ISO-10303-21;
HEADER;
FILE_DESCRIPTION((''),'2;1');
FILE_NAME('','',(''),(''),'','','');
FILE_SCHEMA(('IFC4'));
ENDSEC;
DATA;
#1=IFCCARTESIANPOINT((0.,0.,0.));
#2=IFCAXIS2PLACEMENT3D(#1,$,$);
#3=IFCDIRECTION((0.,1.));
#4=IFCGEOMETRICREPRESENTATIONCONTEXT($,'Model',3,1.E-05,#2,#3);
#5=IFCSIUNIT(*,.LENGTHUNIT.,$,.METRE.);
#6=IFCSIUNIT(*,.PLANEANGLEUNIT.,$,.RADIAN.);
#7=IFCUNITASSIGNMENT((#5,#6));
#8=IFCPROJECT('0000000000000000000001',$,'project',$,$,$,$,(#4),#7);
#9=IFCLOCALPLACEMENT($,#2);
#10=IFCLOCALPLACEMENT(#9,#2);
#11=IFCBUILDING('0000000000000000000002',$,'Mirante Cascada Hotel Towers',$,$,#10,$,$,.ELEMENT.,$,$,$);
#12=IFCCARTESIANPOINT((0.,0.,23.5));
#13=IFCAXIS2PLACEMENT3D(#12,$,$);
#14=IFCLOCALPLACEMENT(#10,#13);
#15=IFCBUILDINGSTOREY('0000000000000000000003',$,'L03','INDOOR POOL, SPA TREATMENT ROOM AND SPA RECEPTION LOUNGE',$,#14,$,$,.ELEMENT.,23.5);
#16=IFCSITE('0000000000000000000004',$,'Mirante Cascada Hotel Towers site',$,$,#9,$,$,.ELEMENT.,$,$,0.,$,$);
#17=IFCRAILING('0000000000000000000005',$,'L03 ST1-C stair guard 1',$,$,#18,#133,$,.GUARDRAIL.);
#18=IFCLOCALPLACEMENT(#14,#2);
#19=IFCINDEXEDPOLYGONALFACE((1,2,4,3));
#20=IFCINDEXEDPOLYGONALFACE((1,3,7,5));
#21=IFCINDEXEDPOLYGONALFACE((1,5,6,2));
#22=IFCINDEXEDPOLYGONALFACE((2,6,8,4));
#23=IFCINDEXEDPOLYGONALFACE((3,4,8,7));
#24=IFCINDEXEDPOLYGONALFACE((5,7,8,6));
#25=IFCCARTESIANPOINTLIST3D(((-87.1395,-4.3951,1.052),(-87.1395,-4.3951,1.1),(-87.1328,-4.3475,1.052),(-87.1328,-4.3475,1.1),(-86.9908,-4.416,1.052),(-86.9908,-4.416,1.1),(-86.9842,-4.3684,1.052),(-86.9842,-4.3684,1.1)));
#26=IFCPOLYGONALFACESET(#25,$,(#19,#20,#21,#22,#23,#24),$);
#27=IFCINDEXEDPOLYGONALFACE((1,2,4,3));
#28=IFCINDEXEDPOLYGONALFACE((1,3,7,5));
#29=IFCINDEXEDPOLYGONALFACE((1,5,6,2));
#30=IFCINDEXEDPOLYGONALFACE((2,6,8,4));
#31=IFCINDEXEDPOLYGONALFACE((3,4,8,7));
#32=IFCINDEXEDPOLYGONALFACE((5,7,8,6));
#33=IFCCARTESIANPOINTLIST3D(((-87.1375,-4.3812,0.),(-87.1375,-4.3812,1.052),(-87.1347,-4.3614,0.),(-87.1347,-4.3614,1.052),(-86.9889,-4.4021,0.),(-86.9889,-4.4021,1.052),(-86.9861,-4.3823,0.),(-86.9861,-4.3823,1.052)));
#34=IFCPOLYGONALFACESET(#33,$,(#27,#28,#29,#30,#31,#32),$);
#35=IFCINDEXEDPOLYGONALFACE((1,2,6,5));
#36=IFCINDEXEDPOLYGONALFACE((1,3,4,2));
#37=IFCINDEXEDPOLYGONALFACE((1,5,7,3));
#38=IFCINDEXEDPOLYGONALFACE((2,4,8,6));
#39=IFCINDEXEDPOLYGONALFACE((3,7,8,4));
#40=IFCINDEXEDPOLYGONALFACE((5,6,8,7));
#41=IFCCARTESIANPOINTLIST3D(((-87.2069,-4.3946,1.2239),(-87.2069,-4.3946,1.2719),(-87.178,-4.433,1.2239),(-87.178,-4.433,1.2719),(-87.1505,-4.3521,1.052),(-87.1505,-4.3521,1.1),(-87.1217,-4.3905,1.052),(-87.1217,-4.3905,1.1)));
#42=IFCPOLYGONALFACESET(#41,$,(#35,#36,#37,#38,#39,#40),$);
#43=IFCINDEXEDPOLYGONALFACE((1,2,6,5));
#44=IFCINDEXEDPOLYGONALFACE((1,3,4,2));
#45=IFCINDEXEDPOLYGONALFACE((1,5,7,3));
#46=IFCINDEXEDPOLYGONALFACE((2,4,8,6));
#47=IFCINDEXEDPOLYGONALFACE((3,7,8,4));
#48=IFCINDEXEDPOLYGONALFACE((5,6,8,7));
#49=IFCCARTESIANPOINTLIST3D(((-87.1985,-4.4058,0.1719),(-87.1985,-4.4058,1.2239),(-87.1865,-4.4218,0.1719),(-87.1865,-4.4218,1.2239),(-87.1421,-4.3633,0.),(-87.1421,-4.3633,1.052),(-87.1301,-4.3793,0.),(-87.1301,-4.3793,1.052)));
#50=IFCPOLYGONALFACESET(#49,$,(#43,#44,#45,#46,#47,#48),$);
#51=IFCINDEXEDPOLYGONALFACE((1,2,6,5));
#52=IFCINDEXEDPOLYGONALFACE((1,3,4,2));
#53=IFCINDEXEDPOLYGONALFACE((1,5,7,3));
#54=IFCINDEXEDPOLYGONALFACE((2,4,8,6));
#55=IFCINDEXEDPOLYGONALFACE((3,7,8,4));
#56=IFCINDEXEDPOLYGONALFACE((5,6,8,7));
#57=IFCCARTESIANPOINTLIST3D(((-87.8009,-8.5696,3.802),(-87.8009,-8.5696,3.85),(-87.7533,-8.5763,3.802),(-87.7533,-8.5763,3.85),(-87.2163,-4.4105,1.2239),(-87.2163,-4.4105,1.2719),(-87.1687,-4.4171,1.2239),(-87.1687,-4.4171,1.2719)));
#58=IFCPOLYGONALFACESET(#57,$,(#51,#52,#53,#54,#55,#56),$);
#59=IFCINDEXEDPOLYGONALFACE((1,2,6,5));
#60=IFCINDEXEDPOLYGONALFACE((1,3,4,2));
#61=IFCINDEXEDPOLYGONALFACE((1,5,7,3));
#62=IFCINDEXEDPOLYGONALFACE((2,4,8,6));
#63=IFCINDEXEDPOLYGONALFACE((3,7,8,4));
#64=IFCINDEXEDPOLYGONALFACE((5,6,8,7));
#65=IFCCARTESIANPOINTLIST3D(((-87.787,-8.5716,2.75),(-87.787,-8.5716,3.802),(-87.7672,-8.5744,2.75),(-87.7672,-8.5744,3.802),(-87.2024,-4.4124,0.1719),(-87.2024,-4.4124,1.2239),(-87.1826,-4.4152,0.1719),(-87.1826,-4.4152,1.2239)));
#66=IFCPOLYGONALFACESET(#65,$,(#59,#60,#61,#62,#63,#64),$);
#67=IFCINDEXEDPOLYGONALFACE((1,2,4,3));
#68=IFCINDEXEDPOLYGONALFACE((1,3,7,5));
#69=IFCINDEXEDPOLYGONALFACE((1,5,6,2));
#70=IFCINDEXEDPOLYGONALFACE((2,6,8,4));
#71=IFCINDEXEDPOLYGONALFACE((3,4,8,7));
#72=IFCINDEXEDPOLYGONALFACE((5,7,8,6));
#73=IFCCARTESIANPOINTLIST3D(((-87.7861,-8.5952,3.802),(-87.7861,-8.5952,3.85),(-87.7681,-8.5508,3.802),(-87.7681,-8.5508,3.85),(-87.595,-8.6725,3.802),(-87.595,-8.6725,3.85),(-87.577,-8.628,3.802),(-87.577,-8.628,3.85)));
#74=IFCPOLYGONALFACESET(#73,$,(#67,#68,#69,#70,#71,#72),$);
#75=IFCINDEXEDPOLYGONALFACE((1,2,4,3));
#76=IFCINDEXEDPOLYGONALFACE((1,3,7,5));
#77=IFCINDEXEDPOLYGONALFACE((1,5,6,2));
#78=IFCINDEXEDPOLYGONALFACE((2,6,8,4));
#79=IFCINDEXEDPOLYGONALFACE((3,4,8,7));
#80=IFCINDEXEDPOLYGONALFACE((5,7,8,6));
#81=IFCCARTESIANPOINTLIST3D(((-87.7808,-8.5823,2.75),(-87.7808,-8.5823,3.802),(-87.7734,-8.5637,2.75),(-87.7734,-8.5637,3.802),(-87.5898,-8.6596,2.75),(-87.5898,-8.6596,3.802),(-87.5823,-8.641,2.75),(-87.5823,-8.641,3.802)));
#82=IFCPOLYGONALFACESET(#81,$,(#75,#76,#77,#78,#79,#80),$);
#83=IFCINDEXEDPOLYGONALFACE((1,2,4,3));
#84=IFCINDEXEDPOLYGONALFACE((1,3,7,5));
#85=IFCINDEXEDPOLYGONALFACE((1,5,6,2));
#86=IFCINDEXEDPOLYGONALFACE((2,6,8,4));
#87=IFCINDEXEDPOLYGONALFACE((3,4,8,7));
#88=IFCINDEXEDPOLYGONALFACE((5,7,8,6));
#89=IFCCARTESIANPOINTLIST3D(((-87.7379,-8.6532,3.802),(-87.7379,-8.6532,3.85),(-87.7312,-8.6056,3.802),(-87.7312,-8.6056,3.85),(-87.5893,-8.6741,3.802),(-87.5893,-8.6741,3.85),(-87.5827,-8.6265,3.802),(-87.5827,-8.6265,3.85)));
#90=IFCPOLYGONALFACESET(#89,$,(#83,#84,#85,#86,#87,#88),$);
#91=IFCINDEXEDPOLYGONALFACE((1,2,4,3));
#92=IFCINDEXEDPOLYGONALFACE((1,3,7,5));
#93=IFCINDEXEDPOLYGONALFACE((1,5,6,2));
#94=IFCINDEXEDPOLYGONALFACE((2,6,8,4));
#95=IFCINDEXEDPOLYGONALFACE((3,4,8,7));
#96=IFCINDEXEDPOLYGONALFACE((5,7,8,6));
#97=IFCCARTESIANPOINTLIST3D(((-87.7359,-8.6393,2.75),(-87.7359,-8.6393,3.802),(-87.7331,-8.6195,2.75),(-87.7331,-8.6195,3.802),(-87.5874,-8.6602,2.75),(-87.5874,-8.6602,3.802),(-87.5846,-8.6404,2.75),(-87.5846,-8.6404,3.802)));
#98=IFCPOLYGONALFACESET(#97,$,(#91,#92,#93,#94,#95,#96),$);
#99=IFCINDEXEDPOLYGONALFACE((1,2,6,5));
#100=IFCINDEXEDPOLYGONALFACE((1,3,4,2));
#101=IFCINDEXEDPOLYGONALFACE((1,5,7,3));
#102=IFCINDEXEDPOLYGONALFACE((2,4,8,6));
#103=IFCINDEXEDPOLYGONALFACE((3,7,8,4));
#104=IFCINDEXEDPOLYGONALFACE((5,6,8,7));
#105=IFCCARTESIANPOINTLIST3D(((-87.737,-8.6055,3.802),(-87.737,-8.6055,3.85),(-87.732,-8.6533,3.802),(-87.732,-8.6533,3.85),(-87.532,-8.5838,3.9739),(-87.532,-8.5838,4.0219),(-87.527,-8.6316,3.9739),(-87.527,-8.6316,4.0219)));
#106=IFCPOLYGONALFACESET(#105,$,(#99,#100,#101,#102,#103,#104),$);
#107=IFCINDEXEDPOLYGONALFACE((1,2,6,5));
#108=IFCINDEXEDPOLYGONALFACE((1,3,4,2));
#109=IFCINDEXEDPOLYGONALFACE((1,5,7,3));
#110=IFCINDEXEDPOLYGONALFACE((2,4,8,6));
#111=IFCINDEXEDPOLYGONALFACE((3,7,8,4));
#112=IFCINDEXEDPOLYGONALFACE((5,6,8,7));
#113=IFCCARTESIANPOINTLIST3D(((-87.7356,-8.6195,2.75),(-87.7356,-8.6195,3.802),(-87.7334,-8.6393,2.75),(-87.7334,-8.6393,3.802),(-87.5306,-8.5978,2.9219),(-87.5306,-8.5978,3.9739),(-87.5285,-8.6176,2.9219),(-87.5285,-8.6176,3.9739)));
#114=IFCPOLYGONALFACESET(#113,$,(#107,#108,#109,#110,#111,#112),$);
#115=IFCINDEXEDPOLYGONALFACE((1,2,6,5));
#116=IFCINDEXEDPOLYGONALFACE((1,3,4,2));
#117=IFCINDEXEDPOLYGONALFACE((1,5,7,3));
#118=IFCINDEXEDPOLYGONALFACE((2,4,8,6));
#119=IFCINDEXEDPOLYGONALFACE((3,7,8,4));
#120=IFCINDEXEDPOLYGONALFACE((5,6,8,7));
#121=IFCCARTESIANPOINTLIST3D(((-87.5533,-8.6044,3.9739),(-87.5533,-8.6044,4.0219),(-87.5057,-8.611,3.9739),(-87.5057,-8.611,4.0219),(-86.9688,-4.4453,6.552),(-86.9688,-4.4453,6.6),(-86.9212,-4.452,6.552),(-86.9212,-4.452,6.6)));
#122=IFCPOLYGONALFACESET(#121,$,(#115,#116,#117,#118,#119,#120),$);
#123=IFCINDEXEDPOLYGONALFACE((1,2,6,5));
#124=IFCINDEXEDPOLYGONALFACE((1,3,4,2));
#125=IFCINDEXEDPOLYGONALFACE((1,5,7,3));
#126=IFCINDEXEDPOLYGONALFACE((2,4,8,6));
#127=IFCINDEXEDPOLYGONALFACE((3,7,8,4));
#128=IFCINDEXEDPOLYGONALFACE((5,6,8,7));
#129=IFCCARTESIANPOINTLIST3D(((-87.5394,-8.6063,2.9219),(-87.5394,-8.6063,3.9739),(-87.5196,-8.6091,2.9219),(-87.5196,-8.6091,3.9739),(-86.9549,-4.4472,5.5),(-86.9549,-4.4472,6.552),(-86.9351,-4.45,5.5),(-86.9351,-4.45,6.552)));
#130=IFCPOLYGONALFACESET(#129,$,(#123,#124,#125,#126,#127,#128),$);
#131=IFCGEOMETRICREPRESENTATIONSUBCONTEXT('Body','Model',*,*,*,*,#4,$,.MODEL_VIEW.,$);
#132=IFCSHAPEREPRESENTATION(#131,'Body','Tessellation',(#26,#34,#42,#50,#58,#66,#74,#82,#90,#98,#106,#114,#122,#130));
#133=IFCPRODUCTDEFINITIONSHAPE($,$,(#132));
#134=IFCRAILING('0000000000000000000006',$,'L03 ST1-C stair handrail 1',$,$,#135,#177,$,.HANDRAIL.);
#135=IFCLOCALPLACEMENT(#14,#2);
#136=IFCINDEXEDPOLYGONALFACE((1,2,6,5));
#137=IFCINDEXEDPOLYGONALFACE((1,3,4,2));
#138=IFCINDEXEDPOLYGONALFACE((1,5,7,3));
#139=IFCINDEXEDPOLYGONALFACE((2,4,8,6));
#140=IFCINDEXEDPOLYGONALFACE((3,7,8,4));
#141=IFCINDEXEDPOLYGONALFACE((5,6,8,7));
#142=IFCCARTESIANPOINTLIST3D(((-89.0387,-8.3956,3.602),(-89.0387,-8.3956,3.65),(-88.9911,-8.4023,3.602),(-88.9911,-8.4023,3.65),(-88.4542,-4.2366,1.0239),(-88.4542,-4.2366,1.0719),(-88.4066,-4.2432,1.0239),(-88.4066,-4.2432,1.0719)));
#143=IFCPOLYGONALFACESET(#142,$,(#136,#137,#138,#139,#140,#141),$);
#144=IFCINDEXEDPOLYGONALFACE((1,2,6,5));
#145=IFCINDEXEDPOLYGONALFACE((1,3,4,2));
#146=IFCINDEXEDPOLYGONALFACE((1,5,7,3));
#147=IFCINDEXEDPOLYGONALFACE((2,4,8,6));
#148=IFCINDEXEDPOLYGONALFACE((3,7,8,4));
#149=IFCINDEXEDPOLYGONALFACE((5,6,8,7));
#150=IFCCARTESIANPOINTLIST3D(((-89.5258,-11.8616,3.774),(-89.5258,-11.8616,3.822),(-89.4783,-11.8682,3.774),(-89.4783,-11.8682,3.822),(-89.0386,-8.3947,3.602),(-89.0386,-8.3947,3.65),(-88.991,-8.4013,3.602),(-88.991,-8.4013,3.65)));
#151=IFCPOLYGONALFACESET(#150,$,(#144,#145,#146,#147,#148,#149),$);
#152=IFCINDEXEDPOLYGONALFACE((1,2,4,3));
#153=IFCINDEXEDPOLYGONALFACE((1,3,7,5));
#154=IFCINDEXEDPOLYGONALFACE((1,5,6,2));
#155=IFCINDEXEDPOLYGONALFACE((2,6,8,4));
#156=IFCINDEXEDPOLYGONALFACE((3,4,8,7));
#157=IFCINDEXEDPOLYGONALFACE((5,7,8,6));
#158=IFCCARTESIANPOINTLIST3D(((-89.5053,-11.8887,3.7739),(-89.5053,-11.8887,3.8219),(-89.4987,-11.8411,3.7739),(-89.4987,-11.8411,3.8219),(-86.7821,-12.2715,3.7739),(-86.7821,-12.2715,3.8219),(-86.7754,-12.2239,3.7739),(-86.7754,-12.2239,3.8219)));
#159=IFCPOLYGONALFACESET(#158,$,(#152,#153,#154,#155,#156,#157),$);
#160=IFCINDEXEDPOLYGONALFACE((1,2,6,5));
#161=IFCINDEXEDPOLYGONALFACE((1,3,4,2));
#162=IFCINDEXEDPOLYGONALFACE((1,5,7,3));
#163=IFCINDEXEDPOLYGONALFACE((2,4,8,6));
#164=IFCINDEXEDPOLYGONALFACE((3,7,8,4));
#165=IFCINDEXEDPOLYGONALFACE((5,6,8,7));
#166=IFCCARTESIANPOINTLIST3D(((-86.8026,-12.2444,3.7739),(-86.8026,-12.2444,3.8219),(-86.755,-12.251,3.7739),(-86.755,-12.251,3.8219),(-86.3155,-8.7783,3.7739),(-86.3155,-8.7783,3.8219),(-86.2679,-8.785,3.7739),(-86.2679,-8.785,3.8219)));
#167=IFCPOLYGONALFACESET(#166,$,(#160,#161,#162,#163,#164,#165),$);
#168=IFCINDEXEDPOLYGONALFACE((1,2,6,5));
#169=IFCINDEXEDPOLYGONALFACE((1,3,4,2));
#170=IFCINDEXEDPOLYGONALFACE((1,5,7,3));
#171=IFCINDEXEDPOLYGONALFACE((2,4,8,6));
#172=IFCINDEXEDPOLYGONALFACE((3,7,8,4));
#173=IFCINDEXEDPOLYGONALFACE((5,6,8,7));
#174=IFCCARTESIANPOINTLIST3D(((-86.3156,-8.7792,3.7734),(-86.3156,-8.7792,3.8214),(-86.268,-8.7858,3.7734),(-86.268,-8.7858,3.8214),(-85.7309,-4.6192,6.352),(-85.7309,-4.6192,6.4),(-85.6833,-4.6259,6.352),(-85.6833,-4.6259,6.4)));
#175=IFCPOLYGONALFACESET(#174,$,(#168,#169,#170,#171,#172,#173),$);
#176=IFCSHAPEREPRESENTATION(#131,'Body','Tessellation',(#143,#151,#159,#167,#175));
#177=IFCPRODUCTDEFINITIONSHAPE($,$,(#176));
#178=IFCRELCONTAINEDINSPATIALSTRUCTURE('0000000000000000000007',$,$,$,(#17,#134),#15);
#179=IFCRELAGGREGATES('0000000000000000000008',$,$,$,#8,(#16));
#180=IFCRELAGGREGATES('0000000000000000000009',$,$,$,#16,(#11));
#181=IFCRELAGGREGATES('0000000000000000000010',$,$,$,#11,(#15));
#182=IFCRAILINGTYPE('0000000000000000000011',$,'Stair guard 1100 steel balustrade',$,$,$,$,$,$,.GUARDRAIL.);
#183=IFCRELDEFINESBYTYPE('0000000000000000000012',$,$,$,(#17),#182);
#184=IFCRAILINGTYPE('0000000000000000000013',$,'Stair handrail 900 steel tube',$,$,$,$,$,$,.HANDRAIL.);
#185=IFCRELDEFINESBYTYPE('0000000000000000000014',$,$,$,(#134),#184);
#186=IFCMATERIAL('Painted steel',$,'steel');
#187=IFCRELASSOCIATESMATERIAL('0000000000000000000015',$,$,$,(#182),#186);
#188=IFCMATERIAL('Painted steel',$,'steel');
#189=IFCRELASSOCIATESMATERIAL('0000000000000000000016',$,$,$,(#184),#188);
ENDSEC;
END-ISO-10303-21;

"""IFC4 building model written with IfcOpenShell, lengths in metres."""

from ifc_helpers import new_model, si_unit, direction, frame, origin, origin_2d, place, context, subcontext, project, spatial, rectangle, extrude, material, type_object, element, save


model = new_model("IFC4")

# Units and contexts
model_context = context("Model", 3, precision=1e-05, world=origin(), true_north=direction((0.0, 1.0)))
body_context = subcontext(model_context, "Body", "Model", "MODEL_VIEW")
ifc_project = project(units=[si_unit("LENGTHUNIT", "METRE"), si_unit("PLANEANGLEUNIT", "RADIAN")], contexts=[model_context])

# Site, building, storey
site_placement = place(None, origin())
site = spatial("IfcSite", under=ifc_project, at=site_placement, Name="Mirante Cascada Hotel Towers site", CompositionType="ELEMENT", RefElevation=0.0)
building_placement = place(site_placement, origin())
building = spatial("IfcBuilding", under=site, at=building_placement, Name="Mirante Cascada Hotel Towers", CompositionType="ELEMENT")
storey_placement = place(building_placement, frame((0.0, 0.0, 23.5)))
storey = spatial("IfcBuildingStorey", under=building, at=storey_placement, Name="L03", Description="INDOOR POOL, SPA TREATMENT ROOM AND SPA RECEPTION LOUNGE", CompositionType="ELEMENT", Elevation=23.5)

# Railings
ifc_material_1 = material(Name="Painted steel", Category="steel")
railing_type_1 = type_object("IfcRailingType", Name="Stair guard 1100 steel balustrade", PredefinedType="GUARDRAIL", material=ifc_material_1)
railing_1_placement = place(storey_placement, frame((-86.9875, -4.3922, 0.0)))
element("IfcRailing", 1, at=railing_1_placement, inside=storey, type_object=railing_type_1, Name="L03 ST1-C stair guard 1", PredefinedType="GUARDRAIL", context=body_context, shape_type="SweptSolid", body=[
    extrude(rectangle(XDim=0.048, YDim=0.048, at=origin_2d()), frame((0.0, 0.0, 1.076), z_axis=(-0.990254, 0.139275, 0.0), x_axis=(-0.139275, -0.990254, 0.0)), (0.0, 0.0, 1.0), 0.1501),
    extrude(rectangle(XDim=0.02, YDim=1.052, at=origin_2d()), frame((0.0, 0.0, 0.526), z_axis=(-0.990254, 0.139275, 0.0), x_axis=(-0.139275, -0.990254, 0.0)), (0.0, 0.0, 1.0), 0.1501),
    extrude(rectangle(XDim=0.048, YDim=0.048, at=origin_2d()), frame((-0.1486, 0.0209, 1.076), z_axis=(-0.798639, -0.601811, 0.0), x_axis=(0.601811, -0.798639, 0.0)), (0.0, 0.924985, 0.380004), 0.1858),
    extrude(rectangle(XDim=0.02, YDim=1.052, at=origin_2d()), frame((-0.1486, 0.0209, 0.526), z_axis=(-0.798639, -0.601811, 0.0), x_axis=(0.601811, -0.798639, 0.0)), (0.0, 0.924985, 0.380004), 0.1858),
    extrude(rectangle(XDim=0.048, YDim=0.048, at=origin_2d()), frame((-0.205, -0.0216, 1.2479), z_axis=(-0.139188, -0.990266, 0.0), x_axis=(0.990266, -0.139188, 0.0)), (0.0, 0.523131, 0.852252), 4.9282),
    extrude(rectangle(XDim=0.02, YDim=1.052, at=origin_2d()), frame((-0.205, -0.0216, 0.6979), z_axis=(-0.139188, -0.990266, 0.0), x_axis=(0.990266, -0.139188, 0.0)), (0.0, 0.523131, 0.852252), 4.9282),
    extrude(rectangle(XDim=0.048, YDim=0.048, at=origin_2d()), frame((-0.7896, -4.1808, 3.826), z_axis=(0.927031, -0.374984, 0.0), x_axis=(0.374984, 0.927031, 0.0)), (0.0, 0.0, 1.0), 0.2061),
    extrude(rectangle(XDim=0.02, YDim=1.052, at=origin_2d()), frame((-0.7896, -4.1808, 3.276), z_axis=(0.927031, -0.374984, 0.0), x_axis=(0.374984, 0.927031, 0.0)), (0.0, 0.0, 1.0), 0.2061),
    extrude(rectangle(XDim=0.048, YDim=0.048, at=origin_2d()), frame((-0.5985, -4.2581, 3.826), z_axis=(-0.990241, 0.139367, 0.0), x_axis=(-0.139367, -0.990241, 0.0)), (0.0, 0.0, 1.0), 0.15),
    extrude(rectangle(XDim=0.02, YDim=1.052, at=origin_2d()), frame((-0.5985, -4.2581, 3.276), z_axis=(-0.990241, 0.139367, 0.0), x_axis=(-0.139367, -0.990241, 0.0)), (0.0, 0.0, 1.0), 0.15),
    extrude(rectangle(XDim=0.048, YDim=0.048, at=origin_2d()), frame((-0.747, -4.2372, 3.826), z_axis=(0.994444, 0.105266, 0.0), x_axis=(-0.105266, 0.994444, 0.0)), (0.0, 0.640431, 0.768016), 0.2684),
    extrude(rectangle(XDim=0.02, YDim=1.052, at=origin_2d()), frame((-0.747, -4.2372, 3.276), z_axis=(0.994444, 0.105266, 0.0), x_axis=(-0.105266, 0.994444, 0.0)), (0.0, 0.640431, 0.768016), 0.2684),
    extrude(rectangle(XDim=0.048, YDim=0.048, at=origin_2d()), frame((-0.542, -4.2155, 3.9979), z_axis=(0.139168, 0.990269, 0.0), x_axis=(-0.990269, 0.139168, 0.0)), (0.0, 0.523141, 0.852246), 4.9281),
    extrude(rectangle(XDim=0.02, YDim=1.052, at=origin_2d()), frame((-0.542, -4.2155, 3.4479), z_axis=(0.139168, 0.990269, 0.0), x_axis=(-0.990269, 0.139168, 0.0)), (0.0, 0.523141, 0.852246), 4.9281),
])
ifc_material_2 = material(Name="Painted steel", Category="steel")
railing_type_2 = type_object("IfcRailingType", Name="Stair handrail 900 steel tube", PredefinedType="HANDRAIL", material=ifc_material_2)
railing_2_placement = place(storey_placement, frame((-88.4304, -4.2399, 0.1719)))
element("IfcRailing", 2, at=railing_2_placement, inside=storey, type_object=railing_type_2, Name="L03 ST1-C stair handrail 1", PredefinedType="HANDRAIL", context=body_context, shape_type="SweptSolid", body=[
    extrude(rectangle(XDim=0.048, YDim=0.048, at=origin_2d()), frame((0.0, 0.0, 0.876), z_axis=(-0.139168, -0.990269, 0.0), x_axis=(0.990269, -0.139168, 0.0)), (0.0, 0.523141, 0.852246), 4.9281),
    extrude(rectangle(XDim=0.048, YDim=0.048, at=origin_2d()), frame((-0.5844, -4.1581, 3.4541), z_axis=(-0.139173, -0.990268, 0.0), x_axis=(0.990268, -0.139173, 0.0)), (0.0, 0.049056, 0.998796), 3.5052),
    extrude(rectangle(XDim=0.048, YDim=0.048, at=origin_2d()), frame((-1.0716, -7.625, 3.626), z_axis=(0.990264, -0.139201, 0.0), x_axis=(0.139201, 0.990264, 0.0)), (0.0, 0.0, 1.0), 2.75),
    extrude(rectangle(XDim=0.048, YDim=0.048, at=origin_2d()), frame((1.6516, -8.0078, 3.626), z_axis=(0.139169, 0.990269, 0.0), x_axis=(-0.990269, 0.139169, 0.0)), (0.0, 0.0, 1.0), 3.5001),
    extrude(rectangle(XDim=0.048, YDim=0.048, at=origin_2d()), frame((2.1386, -4.5426, 3.6255), z_axis=(0.139191, 0.990266, 0.0), x_axis=(-0.990266, 0.139191, 0.0)), (0.0, 0.52314, 0.852247), 4.9291),
])

save(model, "model.ifc")
